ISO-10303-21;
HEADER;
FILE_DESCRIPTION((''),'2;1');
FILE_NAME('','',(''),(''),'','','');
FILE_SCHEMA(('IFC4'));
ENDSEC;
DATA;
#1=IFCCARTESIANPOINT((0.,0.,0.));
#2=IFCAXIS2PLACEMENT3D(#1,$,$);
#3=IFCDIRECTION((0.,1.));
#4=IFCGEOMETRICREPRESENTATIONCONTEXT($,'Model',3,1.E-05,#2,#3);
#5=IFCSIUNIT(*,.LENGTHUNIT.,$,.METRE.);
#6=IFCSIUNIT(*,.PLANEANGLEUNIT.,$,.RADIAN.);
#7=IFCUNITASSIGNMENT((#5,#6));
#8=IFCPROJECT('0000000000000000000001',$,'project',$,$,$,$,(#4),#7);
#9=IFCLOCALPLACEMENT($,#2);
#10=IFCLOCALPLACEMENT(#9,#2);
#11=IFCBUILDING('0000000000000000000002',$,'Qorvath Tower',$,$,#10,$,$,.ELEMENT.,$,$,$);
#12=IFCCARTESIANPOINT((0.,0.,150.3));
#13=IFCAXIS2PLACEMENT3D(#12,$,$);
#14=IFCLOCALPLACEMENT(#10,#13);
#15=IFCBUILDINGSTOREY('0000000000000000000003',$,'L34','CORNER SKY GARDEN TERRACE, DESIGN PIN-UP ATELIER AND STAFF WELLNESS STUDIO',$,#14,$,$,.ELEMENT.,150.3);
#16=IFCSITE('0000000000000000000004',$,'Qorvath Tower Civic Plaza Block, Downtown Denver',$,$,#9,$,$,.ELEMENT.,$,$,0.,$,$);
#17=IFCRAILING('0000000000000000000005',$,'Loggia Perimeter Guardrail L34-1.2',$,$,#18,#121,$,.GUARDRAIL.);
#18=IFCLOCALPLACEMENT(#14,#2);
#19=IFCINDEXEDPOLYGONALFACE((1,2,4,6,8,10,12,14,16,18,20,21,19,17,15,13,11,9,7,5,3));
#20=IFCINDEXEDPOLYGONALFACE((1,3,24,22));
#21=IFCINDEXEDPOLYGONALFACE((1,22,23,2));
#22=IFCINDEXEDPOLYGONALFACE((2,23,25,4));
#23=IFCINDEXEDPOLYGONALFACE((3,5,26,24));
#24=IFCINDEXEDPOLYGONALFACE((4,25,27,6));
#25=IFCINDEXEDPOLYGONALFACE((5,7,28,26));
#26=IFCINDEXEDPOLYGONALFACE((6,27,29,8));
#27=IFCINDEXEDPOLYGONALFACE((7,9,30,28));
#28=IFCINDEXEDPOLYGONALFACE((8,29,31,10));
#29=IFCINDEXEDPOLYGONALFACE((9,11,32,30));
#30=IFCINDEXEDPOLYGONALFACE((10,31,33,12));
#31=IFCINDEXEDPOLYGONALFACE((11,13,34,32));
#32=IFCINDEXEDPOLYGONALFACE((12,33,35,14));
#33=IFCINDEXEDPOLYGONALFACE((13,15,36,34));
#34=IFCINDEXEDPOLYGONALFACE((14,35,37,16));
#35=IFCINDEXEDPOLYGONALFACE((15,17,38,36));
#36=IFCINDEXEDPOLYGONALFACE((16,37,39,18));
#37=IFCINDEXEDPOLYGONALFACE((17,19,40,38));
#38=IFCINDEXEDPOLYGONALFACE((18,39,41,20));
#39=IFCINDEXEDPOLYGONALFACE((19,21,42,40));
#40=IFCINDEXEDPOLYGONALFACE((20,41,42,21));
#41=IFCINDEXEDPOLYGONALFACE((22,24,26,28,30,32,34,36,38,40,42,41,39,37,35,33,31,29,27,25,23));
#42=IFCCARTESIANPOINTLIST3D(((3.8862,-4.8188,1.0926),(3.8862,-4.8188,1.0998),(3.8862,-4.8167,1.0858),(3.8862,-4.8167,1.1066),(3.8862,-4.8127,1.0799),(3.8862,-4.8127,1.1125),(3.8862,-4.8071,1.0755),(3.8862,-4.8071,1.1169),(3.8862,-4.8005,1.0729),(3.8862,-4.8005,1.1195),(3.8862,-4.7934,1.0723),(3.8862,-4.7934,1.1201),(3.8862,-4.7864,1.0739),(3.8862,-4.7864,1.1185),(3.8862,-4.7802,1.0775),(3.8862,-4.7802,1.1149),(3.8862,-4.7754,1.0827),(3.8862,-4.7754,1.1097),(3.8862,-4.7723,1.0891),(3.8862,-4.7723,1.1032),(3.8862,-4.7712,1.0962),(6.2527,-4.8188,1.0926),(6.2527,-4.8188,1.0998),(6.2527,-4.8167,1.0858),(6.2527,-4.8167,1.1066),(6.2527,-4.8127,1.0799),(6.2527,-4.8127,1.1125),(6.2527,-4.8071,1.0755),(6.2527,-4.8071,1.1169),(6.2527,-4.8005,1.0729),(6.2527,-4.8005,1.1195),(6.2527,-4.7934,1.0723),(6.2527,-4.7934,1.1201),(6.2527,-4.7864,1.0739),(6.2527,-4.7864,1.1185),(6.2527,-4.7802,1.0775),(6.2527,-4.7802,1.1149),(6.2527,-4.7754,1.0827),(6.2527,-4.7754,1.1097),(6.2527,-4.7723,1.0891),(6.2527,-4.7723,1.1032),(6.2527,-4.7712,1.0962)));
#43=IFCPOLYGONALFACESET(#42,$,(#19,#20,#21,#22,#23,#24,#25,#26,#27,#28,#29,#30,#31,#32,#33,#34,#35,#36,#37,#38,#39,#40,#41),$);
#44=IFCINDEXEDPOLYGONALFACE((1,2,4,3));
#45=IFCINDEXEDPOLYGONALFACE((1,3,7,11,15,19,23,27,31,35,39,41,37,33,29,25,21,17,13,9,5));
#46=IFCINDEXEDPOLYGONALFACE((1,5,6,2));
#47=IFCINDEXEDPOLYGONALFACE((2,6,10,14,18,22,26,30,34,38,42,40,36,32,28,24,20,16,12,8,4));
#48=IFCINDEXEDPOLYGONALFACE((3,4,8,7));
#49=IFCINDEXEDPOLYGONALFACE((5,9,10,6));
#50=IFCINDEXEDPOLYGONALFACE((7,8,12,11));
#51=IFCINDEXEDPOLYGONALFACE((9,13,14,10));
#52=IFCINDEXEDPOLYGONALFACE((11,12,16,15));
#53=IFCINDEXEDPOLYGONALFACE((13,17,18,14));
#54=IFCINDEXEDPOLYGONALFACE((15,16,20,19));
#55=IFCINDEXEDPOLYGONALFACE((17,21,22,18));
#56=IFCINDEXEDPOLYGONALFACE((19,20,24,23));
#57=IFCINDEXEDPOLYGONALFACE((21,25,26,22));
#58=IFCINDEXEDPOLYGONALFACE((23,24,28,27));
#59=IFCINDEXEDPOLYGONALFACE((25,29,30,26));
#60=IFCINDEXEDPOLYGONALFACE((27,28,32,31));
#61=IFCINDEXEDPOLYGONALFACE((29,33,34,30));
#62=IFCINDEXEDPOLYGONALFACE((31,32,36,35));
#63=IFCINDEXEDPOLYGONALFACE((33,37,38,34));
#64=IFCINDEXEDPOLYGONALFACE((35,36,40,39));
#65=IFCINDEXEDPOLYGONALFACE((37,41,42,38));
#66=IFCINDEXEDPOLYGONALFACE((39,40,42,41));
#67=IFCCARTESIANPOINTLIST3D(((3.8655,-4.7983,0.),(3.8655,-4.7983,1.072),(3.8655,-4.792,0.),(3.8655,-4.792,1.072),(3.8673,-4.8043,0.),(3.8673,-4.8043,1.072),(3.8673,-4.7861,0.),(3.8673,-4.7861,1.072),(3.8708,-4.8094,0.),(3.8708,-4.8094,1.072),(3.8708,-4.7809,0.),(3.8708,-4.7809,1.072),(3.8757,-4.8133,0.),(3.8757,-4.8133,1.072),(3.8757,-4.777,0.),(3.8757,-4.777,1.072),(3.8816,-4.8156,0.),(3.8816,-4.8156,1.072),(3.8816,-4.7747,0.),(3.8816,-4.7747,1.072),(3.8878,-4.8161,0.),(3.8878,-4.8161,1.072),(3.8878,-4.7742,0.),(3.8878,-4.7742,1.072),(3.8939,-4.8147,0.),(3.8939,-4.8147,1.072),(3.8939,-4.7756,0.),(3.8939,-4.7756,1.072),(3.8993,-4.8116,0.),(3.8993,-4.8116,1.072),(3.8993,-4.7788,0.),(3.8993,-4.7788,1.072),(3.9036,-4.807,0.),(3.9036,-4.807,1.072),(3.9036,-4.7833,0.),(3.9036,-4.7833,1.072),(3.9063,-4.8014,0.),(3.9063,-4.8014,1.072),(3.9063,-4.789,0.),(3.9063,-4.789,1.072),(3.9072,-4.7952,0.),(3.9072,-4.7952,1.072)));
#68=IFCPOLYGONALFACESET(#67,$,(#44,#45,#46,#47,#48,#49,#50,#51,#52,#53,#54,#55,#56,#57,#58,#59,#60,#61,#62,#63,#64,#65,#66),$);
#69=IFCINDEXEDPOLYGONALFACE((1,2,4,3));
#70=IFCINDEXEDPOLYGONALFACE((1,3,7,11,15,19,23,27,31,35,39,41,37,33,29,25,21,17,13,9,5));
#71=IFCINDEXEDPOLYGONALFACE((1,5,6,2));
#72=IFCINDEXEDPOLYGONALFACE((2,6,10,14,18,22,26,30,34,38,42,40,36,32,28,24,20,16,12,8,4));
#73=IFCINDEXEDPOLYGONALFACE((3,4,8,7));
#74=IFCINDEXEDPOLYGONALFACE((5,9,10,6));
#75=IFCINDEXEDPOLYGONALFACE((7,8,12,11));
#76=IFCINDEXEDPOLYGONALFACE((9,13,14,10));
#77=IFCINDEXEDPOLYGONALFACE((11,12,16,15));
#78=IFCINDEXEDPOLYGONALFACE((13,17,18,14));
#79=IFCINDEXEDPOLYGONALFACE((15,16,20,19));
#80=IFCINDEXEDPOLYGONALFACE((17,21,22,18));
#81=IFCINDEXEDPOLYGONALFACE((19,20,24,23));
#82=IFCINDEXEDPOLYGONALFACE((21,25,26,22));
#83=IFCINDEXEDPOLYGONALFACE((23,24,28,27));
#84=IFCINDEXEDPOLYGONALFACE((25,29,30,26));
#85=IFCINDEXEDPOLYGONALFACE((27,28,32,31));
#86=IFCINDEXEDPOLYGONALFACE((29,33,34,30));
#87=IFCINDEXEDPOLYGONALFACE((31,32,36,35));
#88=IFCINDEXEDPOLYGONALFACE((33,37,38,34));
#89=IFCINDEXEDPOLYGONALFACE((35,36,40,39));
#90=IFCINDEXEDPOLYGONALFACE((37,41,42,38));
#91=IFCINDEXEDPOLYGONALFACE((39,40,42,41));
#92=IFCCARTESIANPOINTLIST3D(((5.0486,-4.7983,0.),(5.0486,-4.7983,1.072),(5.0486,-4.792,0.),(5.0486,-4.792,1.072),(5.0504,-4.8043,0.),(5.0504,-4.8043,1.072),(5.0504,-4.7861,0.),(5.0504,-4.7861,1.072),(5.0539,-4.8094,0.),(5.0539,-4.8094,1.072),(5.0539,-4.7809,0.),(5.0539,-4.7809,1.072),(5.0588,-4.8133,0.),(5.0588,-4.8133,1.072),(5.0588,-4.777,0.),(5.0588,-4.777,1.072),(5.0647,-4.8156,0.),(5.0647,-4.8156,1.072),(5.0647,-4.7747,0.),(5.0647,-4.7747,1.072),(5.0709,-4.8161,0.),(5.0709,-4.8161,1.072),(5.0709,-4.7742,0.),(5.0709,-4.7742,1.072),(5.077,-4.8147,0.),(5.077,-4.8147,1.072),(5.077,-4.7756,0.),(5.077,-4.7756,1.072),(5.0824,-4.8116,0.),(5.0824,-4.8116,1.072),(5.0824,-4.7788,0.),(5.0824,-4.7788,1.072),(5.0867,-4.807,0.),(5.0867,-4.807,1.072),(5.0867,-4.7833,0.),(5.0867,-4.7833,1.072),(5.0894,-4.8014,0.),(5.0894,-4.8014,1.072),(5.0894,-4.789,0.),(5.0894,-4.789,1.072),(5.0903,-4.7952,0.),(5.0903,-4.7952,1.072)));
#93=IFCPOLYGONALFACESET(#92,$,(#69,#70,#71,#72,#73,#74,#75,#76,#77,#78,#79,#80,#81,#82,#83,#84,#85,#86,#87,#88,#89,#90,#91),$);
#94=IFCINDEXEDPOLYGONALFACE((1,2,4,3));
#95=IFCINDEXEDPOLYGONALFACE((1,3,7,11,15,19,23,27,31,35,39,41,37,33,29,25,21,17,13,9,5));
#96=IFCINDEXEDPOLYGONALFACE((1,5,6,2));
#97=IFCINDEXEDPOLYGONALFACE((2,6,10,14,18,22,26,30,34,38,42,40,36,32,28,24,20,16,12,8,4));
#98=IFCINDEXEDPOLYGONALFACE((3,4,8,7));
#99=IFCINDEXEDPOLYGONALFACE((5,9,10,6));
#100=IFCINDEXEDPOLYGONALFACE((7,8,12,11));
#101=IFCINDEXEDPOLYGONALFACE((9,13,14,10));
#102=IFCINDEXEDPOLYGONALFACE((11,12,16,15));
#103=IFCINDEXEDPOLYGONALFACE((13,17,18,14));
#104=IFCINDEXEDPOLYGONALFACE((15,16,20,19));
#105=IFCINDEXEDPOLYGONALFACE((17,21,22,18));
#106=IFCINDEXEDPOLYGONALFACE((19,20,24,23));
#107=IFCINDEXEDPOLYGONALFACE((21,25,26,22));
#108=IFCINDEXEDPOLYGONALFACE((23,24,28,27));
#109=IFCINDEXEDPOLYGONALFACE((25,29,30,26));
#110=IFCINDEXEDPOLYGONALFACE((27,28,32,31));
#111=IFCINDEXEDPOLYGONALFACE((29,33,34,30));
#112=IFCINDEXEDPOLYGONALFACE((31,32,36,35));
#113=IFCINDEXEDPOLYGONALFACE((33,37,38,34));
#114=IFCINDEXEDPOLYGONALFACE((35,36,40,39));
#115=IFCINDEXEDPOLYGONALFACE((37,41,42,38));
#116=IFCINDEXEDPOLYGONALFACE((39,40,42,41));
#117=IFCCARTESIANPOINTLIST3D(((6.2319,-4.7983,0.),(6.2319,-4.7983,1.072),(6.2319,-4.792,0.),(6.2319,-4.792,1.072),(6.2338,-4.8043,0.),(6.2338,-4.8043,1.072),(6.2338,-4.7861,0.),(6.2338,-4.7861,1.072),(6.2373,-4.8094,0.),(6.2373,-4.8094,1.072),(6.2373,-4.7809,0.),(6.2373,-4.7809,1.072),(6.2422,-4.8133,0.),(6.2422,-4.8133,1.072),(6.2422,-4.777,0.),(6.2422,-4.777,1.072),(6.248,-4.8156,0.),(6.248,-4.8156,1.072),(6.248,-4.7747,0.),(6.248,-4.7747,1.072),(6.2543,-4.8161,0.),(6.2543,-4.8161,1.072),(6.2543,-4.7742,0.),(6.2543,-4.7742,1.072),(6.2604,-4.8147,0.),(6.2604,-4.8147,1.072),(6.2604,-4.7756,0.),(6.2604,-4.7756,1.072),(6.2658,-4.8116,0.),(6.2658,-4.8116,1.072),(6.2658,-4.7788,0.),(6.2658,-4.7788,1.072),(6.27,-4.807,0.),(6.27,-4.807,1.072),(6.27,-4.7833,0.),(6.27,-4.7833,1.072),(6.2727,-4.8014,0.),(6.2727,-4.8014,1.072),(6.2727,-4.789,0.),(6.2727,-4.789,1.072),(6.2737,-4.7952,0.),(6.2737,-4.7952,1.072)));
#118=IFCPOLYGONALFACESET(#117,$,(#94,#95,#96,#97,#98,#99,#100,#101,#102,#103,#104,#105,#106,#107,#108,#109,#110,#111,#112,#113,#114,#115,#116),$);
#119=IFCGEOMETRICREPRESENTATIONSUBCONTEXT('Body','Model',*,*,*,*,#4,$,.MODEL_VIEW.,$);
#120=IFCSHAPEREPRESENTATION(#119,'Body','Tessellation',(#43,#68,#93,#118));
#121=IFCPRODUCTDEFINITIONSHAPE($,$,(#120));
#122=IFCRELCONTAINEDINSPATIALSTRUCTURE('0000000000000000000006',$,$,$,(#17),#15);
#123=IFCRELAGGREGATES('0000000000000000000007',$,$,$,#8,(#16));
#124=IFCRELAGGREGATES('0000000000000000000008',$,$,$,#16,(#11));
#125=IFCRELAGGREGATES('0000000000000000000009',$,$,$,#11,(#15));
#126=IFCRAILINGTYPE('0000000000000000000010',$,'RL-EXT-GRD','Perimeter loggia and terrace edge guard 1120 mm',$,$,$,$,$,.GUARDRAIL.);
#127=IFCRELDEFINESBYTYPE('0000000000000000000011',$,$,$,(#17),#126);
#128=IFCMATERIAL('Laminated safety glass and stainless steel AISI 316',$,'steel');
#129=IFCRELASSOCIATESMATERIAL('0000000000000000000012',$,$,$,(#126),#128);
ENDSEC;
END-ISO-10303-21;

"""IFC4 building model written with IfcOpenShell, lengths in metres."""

from ifc_helpers import new_model, si_unit, direction, frame, origin, origin_2d, place, context, subcontext, project, spatial, circle, extrude, material, type_object, element, save


model = new_model("IFC4")

# Units and contexts
model_context = context("Model", 3, precision=1e-05, world=origin(), true_north=direction((0.0, 1.0)))
body_context = subcontext(model_context, "Body", "Model", "MODEL_VIEW")
ifc_project = project(units=[si_unit("LENGTHUNIT", "METRE"), si_unit("PLANEANGLEUNIT", "RADIAN")], contexts=[model_context])

# Site, building, storey
site_placement = place(None, origin())
site = spatial("IfcSite", under=ifc_project, at=site_placement, Name="Qorvath Tower Civic Plaza Block, Downtown Denver", CompositionType="ELEMENT", RefElevation=0.0)
building_placement = place(site_placement, origin())
building = spatial("IfcBuilding", under=site, at=building_placement, Name="Qorvath Tower", CompositionType="ELEMENT")
storey_placement = place(building_placement, frame((0.0, 0.0, 150.3)))
storey = spatial("IfcBuildingStorey", under=building, at=storey_placement, Name="L34", Description="CORNER SKY GARDEN TERRACE, DESIGN PIN-UP ATELIER AND STAFF WELLNESS STUDIO", CompositionType="ELEMENT", Elevation=150.3)

# Railing
ifc_material_1 = material(Name="Laminated safety glass and stainless steel AISI 316", Category="steel")
railing_type = type_object("IfcRailingType", Name="RL-EXT-GRD", Description="Perimeter loggia and terrace edge guard 1120 mm", PredefinedType="GUARDRAIL", material=ifc_material_1)
railing_1_placement = place(storey_placement, frame((3.8862, -4.7952, 0.0)))
element("IfcRailing", 1, at=railing_1_placement, inside=storey, type_object=railing_type, Name="Loggia Perimeter Guardrail L34-1.2", PredefinedType="GUARDRAIL", context=body_context, shape_type="SweptSolid", body=[
    extrude(circle(Radius=0.0239, at=origin_2d()), frame((0.0, 0.0, 1.0962), z_axis=(1.0, 0.0, 0.0), x_axis=(0.0, 1.0, 0.0)), (0.0, 0.0, 1.0), 2.3665),
    extrude(circle(Radius=0.021, at=origin_2d()), origin(), (0.0, 0.0, 1.0), 1.072),
    extrude(circle(Radius=0.021, at=origin_2d()), frame((1.1831, 0.0, 0.0)), (0.0, 0.0, 1.0), 1.072),
    extrude(circle(Radius=0.021, at=origin_2d()), frame((2.3665, 0.0, 0.0)), (0.0, 0.0, 1.0), 1.072),
])

save(model, "model.ifc")
